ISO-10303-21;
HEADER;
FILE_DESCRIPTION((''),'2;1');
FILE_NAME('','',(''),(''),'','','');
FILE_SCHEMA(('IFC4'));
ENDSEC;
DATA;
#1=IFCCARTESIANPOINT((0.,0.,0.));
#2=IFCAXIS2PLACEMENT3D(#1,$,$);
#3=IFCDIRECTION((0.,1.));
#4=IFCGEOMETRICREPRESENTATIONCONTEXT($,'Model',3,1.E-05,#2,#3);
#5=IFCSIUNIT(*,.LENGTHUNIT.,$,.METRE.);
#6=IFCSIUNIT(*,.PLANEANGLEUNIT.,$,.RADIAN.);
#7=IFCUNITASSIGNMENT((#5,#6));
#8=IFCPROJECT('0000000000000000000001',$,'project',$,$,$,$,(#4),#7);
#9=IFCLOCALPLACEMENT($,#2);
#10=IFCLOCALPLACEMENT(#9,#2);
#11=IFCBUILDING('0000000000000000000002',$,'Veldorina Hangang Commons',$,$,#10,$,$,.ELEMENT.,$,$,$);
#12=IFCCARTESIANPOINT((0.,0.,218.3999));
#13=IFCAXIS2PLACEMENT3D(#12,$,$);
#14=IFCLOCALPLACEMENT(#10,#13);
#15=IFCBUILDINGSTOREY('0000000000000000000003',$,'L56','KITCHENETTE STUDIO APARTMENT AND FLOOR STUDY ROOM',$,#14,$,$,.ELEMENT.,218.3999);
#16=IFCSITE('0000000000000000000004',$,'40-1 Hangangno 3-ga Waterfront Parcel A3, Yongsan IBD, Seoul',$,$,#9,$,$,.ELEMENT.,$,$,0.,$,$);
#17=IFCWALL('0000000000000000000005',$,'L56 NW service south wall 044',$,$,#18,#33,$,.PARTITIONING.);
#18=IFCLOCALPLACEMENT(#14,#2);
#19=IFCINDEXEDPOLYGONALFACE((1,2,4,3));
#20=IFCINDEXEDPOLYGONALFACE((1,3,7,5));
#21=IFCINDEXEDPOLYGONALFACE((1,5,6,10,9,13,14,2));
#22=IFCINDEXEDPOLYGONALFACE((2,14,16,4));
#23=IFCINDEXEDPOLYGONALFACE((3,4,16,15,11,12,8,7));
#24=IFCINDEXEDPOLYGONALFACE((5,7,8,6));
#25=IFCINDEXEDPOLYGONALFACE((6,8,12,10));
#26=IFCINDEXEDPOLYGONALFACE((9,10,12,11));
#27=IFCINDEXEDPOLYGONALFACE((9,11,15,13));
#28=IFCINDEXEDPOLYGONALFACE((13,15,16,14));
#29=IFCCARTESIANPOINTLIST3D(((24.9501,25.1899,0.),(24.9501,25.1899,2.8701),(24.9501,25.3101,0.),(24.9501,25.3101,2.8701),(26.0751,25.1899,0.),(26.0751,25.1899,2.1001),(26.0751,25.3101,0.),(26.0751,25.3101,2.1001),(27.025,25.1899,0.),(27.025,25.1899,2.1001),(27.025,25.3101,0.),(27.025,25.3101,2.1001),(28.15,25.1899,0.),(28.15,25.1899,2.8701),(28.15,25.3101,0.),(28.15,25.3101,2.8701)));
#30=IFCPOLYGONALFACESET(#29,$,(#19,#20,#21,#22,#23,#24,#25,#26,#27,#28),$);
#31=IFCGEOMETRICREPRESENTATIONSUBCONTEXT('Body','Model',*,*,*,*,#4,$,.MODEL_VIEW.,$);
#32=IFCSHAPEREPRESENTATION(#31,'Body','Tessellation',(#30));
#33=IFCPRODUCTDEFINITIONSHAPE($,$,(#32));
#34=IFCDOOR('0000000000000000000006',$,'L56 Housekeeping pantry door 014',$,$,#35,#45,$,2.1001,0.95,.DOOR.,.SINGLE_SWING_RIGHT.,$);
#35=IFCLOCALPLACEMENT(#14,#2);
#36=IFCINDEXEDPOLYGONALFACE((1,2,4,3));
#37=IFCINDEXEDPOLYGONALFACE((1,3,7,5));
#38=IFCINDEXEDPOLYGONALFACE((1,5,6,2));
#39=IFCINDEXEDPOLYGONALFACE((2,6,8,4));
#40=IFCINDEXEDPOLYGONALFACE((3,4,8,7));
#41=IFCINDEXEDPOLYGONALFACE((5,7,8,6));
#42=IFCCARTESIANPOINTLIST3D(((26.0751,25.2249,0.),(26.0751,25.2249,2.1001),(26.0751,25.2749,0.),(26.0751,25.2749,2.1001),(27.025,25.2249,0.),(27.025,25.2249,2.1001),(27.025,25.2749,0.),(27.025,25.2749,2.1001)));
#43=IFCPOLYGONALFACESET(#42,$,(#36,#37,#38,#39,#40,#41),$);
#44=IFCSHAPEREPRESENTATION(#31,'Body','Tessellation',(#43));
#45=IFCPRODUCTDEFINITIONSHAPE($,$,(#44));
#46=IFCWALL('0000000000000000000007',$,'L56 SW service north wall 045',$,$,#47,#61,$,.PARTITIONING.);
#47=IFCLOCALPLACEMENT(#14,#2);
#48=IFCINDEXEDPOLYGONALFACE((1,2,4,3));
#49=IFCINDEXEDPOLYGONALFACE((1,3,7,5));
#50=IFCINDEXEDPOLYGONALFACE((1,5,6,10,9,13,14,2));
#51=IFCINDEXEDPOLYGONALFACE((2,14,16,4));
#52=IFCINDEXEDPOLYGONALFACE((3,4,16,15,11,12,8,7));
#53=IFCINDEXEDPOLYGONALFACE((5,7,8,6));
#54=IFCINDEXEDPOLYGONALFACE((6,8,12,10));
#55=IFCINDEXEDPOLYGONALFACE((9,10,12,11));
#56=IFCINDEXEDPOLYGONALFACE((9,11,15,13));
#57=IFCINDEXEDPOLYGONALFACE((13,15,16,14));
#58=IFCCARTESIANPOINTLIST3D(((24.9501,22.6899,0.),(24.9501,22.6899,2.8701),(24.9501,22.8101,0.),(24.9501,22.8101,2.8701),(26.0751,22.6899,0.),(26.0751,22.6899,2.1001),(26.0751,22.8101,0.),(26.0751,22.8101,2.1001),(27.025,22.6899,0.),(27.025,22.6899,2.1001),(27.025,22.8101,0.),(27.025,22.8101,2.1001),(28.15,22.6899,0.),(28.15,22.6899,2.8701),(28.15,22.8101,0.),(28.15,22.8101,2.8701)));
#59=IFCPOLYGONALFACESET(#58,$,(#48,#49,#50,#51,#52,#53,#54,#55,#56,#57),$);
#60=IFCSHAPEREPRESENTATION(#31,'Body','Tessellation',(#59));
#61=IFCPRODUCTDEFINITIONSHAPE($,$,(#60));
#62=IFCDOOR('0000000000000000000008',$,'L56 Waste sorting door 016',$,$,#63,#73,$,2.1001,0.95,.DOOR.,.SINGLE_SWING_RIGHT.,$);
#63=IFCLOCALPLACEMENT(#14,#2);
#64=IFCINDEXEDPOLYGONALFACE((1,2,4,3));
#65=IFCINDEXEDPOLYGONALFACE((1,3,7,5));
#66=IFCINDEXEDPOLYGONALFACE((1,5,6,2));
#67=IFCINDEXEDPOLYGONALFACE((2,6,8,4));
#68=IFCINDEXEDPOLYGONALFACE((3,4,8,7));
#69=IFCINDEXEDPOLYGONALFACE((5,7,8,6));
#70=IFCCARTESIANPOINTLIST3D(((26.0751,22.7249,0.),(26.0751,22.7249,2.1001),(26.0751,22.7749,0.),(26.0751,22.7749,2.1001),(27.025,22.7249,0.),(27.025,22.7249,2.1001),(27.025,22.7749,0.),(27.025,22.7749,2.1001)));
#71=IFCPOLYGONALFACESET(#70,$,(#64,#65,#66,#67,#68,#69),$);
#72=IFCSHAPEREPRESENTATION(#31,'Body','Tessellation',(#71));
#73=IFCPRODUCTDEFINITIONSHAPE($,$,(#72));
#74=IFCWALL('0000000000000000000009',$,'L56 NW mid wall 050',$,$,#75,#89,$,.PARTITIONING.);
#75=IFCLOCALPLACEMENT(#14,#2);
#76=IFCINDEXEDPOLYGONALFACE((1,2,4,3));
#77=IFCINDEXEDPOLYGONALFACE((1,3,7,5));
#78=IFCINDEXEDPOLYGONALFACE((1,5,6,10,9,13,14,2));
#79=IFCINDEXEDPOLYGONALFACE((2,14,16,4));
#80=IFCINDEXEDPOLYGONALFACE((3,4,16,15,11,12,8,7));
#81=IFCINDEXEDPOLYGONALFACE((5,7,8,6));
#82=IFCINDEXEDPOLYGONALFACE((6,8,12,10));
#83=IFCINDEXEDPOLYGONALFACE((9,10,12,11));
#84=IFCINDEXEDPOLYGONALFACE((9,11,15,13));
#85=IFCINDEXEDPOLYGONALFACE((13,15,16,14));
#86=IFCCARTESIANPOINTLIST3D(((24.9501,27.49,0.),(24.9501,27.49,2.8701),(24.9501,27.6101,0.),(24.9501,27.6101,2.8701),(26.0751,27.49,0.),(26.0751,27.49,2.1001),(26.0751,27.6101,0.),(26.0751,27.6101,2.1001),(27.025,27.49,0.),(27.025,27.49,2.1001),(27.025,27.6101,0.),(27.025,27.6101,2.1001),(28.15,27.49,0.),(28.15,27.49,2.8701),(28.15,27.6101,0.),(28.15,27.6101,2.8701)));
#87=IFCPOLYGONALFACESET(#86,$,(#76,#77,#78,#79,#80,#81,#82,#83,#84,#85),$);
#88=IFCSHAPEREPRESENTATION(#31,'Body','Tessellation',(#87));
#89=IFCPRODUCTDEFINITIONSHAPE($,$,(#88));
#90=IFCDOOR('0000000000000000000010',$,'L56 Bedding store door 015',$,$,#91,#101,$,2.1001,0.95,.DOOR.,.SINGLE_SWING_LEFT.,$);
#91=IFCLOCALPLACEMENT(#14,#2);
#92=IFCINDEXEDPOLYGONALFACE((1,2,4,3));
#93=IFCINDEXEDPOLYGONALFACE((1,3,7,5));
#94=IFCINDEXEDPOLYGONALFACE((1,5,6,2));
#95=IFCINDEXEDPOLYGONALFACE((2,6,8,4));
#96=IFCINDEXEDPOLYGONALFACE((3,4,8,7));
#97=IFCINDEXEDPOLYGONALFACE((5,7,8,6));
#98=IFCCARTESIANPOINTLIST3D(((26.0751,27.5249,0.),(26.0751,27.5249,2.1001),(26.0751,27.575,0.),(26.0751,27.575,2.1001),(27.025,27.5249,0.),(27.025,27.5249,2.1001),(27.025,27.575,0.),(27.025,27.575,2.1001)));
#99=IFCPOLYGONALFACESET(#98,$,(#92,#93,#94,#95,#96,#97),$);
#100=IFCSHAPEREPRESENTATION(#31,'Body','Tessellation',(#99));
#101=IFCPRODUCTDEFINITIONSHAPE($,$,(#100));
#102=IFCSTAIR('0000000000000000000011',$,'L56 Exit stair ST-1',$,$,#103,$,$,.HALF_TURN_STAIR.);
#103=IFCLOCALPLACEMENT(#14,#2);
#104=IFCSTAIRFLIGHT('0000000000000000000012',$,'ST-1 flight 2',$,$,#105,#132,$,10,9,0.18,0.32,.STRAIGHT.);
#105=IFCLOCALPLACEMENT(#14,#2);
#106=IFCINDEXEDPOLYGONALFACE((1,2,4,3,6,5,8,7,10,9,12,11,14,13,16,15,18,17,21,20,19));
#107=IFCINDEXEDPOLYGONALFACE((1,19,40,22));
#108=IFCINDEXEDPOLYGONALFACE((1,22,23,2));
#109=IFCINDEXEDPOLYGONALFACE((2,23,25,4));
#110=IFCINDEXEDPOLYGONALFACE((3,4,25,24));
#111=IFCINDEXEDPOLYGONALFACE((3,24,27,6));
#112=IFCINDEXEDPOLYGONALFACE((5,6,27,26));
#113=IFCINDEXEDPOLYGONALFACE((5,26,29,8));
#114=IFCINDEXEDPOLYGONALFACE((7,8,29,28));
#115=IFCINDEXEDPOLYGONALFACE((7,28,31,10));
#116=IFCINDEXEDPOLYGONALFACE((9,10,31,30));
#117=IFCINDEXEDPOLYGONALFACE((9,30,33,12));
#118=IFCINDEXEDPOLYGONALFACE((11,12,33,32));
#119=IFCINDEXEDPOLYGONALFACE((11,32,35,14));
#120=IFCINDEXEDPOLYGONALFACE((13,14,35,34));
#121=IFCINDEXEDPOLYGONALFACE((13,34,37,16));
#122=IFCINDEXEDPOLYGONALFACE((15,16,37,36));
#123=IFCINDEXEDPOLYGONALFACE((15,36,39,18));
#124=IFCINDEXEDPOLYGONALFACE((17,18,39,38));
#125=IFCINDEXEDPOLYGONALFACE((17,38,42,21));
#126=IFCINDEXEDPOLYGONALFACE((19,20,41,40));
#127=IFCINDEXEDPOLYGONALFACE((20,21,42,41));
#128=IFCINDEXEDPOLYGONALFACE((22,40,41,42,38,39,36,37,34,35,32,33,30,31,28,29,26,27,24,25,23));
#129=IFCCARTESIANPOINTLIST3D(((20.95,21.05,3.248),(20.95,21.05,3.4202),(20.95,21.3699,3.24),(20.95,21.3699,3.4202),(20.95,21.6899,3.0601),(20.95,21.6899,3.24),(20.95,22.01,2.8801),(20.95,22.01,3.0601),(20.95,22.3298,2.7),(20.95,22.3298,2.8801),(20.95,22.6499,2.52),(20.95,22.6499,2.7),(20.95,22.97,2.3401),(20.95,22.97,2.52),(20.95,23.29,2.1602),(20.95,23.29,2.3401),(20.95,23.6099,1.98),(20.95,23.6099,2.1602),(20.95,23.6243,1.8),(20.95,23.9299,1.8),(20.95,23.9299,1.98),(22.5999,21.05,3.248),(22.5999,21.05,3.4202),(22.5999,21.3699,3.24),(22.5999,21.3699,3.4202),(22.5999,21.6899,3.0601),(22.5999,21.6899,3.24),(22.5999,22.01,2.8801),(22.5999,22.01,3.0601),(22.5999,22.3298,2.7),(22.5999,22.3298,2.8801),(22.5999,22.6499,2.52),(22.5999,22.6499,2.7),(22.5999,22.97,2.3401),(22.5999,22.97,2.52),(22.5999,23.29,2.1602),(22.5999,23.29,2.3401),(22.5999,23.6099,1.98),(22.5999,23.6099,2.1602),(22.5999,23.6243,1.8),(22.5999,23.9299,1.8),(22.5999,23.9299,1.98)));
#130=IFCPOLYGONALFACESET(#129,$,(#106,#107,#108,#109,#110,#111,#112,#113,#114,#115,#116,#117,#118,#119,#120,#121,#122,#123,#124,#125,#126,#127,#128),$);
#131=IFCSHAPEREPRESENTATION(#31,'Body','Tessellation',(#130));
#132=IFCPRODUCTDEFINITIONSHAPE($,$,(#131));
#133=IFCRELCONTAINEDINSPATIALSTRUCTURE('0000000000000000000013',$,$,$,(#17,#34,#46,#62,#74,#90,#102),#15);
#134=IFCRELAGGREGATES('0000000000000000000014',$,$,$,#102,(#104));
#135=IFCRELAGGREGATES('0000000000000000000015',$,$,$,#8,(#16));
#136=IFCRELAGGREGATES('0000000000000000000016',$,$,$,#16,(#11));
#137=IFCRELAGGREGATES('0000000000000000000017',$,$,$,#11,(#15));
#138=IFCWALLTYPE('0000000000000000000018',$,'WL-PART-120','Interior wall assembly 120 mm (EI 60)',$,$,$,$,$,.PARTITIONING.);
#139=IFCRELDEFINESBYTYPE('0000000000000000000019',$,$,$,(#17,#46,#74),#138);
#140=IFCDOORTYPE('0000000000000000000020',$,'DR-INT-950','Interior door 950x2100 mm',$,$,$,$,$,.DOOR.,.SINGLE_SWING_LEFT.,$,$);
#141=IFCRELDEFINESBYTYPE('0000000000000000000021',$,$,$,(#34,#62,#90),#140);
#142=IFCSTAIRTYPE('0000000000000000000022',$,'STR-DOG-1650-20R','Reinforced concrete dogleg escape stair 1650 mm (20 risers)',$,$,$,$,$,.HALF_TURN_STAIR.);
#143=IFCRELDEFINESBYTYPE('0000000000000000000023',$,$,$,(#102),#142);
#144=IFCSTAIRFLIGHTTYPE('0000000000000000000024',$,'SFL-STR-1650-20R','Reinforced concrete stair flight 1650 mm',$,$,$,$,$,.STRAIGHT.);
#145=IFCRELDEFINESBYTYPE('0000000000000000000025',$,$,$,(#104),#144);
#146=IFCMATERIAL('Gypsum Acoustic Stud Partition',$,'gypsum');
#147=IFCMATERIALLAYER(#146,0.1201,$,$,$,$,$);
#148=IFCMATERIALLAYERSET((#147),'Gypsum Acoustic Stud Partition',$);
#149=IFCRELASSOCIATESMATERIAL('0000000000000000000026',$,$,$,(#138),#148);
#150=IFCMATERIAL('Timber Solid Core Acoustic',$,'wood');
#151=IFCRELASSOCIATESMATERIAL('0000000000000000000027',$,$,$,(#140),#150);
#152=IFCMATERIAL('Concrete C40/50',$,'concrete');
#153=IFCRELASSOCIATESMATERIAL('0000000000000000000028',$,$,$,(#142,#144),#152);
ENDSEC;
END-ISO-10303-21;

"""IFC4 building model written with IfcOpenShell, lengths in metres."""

from ifc_helpers import new_model, si_unit, direction, frame, frame_2d, origin, place, context, subcontext, project, spatial, polyline, rectangle, outline, extrude, material, layer, layer_set, type_object, element, fill, aggregate, save


model = new_model("IFC4")

# Units and contexts
model_context = context("Model", 3, precision=1e-05, world=origin(), true_north=direction((0.0, 1.0)))
body_context = subcontext(model_context, "Body", "Model", "MODEL_VIEW")
ifc_project = project(units=[si_unit("LENGTHUNIT", "METRE"), si_unit("PLANEANGLEUNIT", "RADIAN")], contexts=[model_context])

# Site, building, storey
site_placement = place(None, origin())
site = spatial("IfcSite", under=ifc_project, at=site_placement, Name="40-1 Hangangno 3-ga Waterfront Parcel A3, Yongsan IBD, Seoul", CompositionType="ELEMENT", RefElevation=0.0)
building_placement = place(site_placement, origin())
building = spatial("IfcBuilding", under=site, at=building_placement, Name="Veldorina Hangang Commons", CompositionType="ELEMENT")
storey_placement = place(building_placement, frame((0.0, 0.0, 218.3999)))
storey = spatial("IfcBuildingStorey", under=building, at=storey_placement, Name="L56", Description="KITCHENETTE STUDIO APARTMENT AND FLOOR STUDY ROOM", CompositionType="ELEMENT", Elevation=218.3999)

# Shared definitions
ifc_material_1 = material(Name="Gypsum Acoustic Stud Partition", Category="gypsum")
ifc_layer_1 = layer(ifc_material_1, 0.1201)
ifc_layer_set_1 = layer_set([ifc_layer_1], Name="Gypsum Acoustic Stud Partition")
wall_type_1 = type_object("IfcWallType", Name="WL-PART-120", Description="Interior wall assembly 120 mm (EI 60)", PredefinedType="PARTITIONING", material=ifc_layer_set_1)

# Shared definitions
ifc_material_2 = material(Name="Timber Solid Core Acoustic", Category="wood")
door_type_1 = type_object("IfcDoorType", Name="DR-INT-950", Description="Interior door 950x2100 mm", OperationType="SINGLE_SWING_LEFT", PredefinedType="DOOR", material=ifc_material_2)

# Walls, openings, doors
wall_1_placement = place(storey_placement, frame((24.95, 25.25, 0.0), z_axis=(0.0, 0.0, 1.0), x_axis=(1.0, 0.0, 0.0)))
wall_1 = element("IfcWall", 1, at=wall_1_placement, inside=storey, type_object=wall_type_1, Name="L56 NW service south wall 044", PredefinedType="PARTITIONING", context=body_context, shape_type="SweptSolid", body=[
    extrude(rectangle(XDim=3.2, YDim=0.1201, at=frame_2d((1.6001, 0.0))), origin(), (0.0, 0.0, 1.0), 2.8701),
])
opening_1_placement = place(wall_1_placement, frame((1.125, 0.0, 0.0)))
opening_1 = element("IfcOpeningElement", 2, at=opening_1_placement, cuts=wall_1, PredefinedType="OPENING", context=body_context, shape_type="SweptSolid", body=[
    extrude(rectangle(XDim=0.95, YDim=2.1001, at=frame_2d((0.4751, 1.05))), frame((0.0, 0.0701, 0.0), z_axis=(0.0, -1.0, 0.0), x_axis=(1.0, 0.0, 0.0)), (0.0, 0.0, 1.0), 0.1401),
])
door_1_placement = place(opening_1_placement, origin())
door_1 = element("IfcDoor", 3, at=door_1_placement, inside=storey, type_object=door_type_1, Name="L56 Housekeeping pantry door 014", OperationType="SINGLE_SWING_RIGHT", OverallHeight=2.1001, OverallWidth=0.95, PredefinedType="DOOR", context=body_context, shape_type="SweptSolid", body=[
    extrude(rectangle(XDim=0.95, YDim=2.1001, at=frame_2d((0.4751, 1.05))), frame((0.0, 0.0249, 0.0), z_axis=(0.0, -1.0, 0.0), x_axis=(1.0, 0.0, 0.0)), (0.0, 0.0, 1.0), 0.05),
])
fill(opening_1, door_1)
wall_2_placement = place(storey_placement, frame((24.95, 22.75, 0.0), z_axis=(0.0, 0.0, 1.0), x_axis=(1.0, 0.0, 0.0)))
wall_2 = element("IfcWall", 4, at=wall_2_placement, inside=storey, type_object=wall_type_1, Name="L56 SW service north wall 045", PredefinedType="PARTITIONING", context=body_context, shape_type="SweptSolid", body=[
    extrude(rectangle(XDim=3.2, YDim=0.1201, at=frame_2d((1.6001, 0.0))), origin(), (0.0, 0.0, 1.0), 2.8701),
])
opening_2_placement = place(wall_2_placement, frame((1.125, 0.0, 0.0)))
opening_2 = element("IfcOpeningElement", 5, at=opening_2_placement, cuts=wall_2, PredefinedType="OPENING", context=body_context, shape_type="SweptSolid", body=[
    extrude(rectangle(XDim=0.95, YDim=2.1001, at=frame_2d((0.4751, 1.05))), frame((0.0, 0.0701, 0.0), z_axis=(0.0, -1.0, 0.0), x_axis=(1.0, 0.0, 0.0)), (0.0, 0.0, 1.0), 0.1401),
])
door_2_placement = place(opening_2_placement, origin())
door_2 = element("IfcDoor", 6, at=door_2_placement, inside=storey, type_object=door_type_1, Name="L56 Waste sorting door 016", OperationType="SINGLE_SWING_RIGHT", OverallHeight=2.1001, OverallWidth=0.95, PredefinedType="DOOR", context=body_context, shape_type="SweptSolid", body=[
    extrude(rectangle(XDim=0.95, YDim=2.1001, at=frame_2d((0.4751, 1.05))), frame((0.0, 0.0249, 0.0), z_axis=(0.0, -1.0, 0.0), x_axis=(1.0, 0.0, 0.0)), (0.0, 0.0, 1.0), 0.05),
])
fill(opening_2, door_2)
wall_3_placement = place(storey_placement, frame((24.95, 27.55, 0.0), z_axis=(0.0, 0.0, 1.0), x_axis=(1.0, 0.0, 0.0)))
wall_3 = element("IfcWall", 7, at=wall_3_placement, inside=storey, type_object=wall_type_1, Name="L56 NW mid wall 050", PredefinedType="PARTITIONING", context=body_context, shape_type="SweptSolid", body=[
    extrude(rectangle(XDim=3.2, YDim=0.1201, at=frame_2d((1.6001, 0.0))), origin(), (0.0, 0.0, 1.0), 2.8701),
])
opening_3_placement = place(wall_3_placement, frame((1.125, 0.0, 0.0)))
opening_3 = element("IfcOpeningElement", 8, at=opening_3_placement, cuts=wall_3, PredefinedType="OPENING", context=body_context, shape_type="SweptSolid", body=[
    extrude(rectangle(XDim=0.95, YDim=2.1001, at=frame_2d((0.4751, 1.05))), frame((0.0, 0.0701, 0.0), z_axis=(0.0, -1.0, 0.0), x_axis=(1.0, 0.0, 0.0)), (0.0, 0.0, 1.0), 0.1401),
])
door_3_placement = place(opening_3_placement, origin())
door_3 = element("IfcDoor", 9, at=door_3_placement, inside=storey, type_object=door_type_1, Name="L56 Bedding store door 015", OperationType="SINGLE_SWING_LEFT", OverallHeight=2.1001, OverallWidth=0.95, PredefinedType="DOOR", context=body_context, shape_type="SweptSolid", body=[
    extrude(rectangle(XDim=0.95, YDim=2.1001, at=frame_2d((0.4751, 1.05))), frame((0.0, 0.0249, 0.0), z_axis=(0.0, -1.0, 0.0), x_axis=(1.0, 0.0, 0.0)), (0.0, 0.0, 1.0), 0.05),
])
fill(opening_3, door_3)

# Stair, stair flight
ifc_material_3 = material(Name="Concrete C40/50", Category="concrete")
stair_type = type_object("IfcStairType", Name="STR-DOG-1650-20R", Description="Reinforced concrete dogleg escape stair 1650 mm (20 risers)", PredefinedType="HALF_TURN_STAIR", material=ifc_material_3)
stair_placement = place(storey_placement, origin())
stair = element("IfcStair", 10, at=stair_placement, inside=storey, type_object=stair_type, Name="L56 Exit stair ST-1", PredefinedType="HALF_TURN_STAIR")
stair_flight_type = type_object("IfcStairFlightType", Name="SFL-STR-1650-20R", Description="Reinforced concrete stair flight 1650 mm", PredefinedType="STRAIGHT", material=ifc_material_3)
stair_flight_placement = place(storey_placement, frame((21.7749, 23.9299, 1.8), z_axis=(0.0, 0.0, 1.0), x_axis=(0.0, -1.0, 0.0)))
stair_flight = element("IfcStairFlight", 11, at=stair_flight_placement, type_object=stair_flight_type, Name="ST-1 flight 2", NumberOfRisers=10, NumberOfTreads=9, PredefinedType="STRAIGHT", RiserHeight=0.18, TreadLength=0.32, context=body_context, shape_type="SweptSolid", body=[
    extrude(outline(polyline([(0.0, 0.0), (0.0, 0.1799), (0.3201, 0.1799), (0.3201, 0.3601), (0.6399, 0.3601), (0.6399, 0.54), (0.96, 0.54), (0.96, 0.72), (1.28, 0.72), (1.28, 0.8999), (1.6001, 0.8999), (1.6001, 1.0801), (1.9199, 1.0801), (1.9199, 1.26), (2.24, 1.26), (2.24, 1.4399), (2.5601, 1.4399), (2.5601, 1.6201), (2.8799, 1.6201), (2.8799, 1.8), (2.8799, 1.448), (0.3057, 0.0), (0.0, 0.0)])), frame((0.0, 0.825, 0.0), z_axis=(0.0, -1.0, 0.0), x_axis=(1.0, 0.0, 0.0)), (0.0, 0.0, 1.0), 1.6499),
])
aggregate(stair, [stair_flight])

save(model, "model.ifc")
